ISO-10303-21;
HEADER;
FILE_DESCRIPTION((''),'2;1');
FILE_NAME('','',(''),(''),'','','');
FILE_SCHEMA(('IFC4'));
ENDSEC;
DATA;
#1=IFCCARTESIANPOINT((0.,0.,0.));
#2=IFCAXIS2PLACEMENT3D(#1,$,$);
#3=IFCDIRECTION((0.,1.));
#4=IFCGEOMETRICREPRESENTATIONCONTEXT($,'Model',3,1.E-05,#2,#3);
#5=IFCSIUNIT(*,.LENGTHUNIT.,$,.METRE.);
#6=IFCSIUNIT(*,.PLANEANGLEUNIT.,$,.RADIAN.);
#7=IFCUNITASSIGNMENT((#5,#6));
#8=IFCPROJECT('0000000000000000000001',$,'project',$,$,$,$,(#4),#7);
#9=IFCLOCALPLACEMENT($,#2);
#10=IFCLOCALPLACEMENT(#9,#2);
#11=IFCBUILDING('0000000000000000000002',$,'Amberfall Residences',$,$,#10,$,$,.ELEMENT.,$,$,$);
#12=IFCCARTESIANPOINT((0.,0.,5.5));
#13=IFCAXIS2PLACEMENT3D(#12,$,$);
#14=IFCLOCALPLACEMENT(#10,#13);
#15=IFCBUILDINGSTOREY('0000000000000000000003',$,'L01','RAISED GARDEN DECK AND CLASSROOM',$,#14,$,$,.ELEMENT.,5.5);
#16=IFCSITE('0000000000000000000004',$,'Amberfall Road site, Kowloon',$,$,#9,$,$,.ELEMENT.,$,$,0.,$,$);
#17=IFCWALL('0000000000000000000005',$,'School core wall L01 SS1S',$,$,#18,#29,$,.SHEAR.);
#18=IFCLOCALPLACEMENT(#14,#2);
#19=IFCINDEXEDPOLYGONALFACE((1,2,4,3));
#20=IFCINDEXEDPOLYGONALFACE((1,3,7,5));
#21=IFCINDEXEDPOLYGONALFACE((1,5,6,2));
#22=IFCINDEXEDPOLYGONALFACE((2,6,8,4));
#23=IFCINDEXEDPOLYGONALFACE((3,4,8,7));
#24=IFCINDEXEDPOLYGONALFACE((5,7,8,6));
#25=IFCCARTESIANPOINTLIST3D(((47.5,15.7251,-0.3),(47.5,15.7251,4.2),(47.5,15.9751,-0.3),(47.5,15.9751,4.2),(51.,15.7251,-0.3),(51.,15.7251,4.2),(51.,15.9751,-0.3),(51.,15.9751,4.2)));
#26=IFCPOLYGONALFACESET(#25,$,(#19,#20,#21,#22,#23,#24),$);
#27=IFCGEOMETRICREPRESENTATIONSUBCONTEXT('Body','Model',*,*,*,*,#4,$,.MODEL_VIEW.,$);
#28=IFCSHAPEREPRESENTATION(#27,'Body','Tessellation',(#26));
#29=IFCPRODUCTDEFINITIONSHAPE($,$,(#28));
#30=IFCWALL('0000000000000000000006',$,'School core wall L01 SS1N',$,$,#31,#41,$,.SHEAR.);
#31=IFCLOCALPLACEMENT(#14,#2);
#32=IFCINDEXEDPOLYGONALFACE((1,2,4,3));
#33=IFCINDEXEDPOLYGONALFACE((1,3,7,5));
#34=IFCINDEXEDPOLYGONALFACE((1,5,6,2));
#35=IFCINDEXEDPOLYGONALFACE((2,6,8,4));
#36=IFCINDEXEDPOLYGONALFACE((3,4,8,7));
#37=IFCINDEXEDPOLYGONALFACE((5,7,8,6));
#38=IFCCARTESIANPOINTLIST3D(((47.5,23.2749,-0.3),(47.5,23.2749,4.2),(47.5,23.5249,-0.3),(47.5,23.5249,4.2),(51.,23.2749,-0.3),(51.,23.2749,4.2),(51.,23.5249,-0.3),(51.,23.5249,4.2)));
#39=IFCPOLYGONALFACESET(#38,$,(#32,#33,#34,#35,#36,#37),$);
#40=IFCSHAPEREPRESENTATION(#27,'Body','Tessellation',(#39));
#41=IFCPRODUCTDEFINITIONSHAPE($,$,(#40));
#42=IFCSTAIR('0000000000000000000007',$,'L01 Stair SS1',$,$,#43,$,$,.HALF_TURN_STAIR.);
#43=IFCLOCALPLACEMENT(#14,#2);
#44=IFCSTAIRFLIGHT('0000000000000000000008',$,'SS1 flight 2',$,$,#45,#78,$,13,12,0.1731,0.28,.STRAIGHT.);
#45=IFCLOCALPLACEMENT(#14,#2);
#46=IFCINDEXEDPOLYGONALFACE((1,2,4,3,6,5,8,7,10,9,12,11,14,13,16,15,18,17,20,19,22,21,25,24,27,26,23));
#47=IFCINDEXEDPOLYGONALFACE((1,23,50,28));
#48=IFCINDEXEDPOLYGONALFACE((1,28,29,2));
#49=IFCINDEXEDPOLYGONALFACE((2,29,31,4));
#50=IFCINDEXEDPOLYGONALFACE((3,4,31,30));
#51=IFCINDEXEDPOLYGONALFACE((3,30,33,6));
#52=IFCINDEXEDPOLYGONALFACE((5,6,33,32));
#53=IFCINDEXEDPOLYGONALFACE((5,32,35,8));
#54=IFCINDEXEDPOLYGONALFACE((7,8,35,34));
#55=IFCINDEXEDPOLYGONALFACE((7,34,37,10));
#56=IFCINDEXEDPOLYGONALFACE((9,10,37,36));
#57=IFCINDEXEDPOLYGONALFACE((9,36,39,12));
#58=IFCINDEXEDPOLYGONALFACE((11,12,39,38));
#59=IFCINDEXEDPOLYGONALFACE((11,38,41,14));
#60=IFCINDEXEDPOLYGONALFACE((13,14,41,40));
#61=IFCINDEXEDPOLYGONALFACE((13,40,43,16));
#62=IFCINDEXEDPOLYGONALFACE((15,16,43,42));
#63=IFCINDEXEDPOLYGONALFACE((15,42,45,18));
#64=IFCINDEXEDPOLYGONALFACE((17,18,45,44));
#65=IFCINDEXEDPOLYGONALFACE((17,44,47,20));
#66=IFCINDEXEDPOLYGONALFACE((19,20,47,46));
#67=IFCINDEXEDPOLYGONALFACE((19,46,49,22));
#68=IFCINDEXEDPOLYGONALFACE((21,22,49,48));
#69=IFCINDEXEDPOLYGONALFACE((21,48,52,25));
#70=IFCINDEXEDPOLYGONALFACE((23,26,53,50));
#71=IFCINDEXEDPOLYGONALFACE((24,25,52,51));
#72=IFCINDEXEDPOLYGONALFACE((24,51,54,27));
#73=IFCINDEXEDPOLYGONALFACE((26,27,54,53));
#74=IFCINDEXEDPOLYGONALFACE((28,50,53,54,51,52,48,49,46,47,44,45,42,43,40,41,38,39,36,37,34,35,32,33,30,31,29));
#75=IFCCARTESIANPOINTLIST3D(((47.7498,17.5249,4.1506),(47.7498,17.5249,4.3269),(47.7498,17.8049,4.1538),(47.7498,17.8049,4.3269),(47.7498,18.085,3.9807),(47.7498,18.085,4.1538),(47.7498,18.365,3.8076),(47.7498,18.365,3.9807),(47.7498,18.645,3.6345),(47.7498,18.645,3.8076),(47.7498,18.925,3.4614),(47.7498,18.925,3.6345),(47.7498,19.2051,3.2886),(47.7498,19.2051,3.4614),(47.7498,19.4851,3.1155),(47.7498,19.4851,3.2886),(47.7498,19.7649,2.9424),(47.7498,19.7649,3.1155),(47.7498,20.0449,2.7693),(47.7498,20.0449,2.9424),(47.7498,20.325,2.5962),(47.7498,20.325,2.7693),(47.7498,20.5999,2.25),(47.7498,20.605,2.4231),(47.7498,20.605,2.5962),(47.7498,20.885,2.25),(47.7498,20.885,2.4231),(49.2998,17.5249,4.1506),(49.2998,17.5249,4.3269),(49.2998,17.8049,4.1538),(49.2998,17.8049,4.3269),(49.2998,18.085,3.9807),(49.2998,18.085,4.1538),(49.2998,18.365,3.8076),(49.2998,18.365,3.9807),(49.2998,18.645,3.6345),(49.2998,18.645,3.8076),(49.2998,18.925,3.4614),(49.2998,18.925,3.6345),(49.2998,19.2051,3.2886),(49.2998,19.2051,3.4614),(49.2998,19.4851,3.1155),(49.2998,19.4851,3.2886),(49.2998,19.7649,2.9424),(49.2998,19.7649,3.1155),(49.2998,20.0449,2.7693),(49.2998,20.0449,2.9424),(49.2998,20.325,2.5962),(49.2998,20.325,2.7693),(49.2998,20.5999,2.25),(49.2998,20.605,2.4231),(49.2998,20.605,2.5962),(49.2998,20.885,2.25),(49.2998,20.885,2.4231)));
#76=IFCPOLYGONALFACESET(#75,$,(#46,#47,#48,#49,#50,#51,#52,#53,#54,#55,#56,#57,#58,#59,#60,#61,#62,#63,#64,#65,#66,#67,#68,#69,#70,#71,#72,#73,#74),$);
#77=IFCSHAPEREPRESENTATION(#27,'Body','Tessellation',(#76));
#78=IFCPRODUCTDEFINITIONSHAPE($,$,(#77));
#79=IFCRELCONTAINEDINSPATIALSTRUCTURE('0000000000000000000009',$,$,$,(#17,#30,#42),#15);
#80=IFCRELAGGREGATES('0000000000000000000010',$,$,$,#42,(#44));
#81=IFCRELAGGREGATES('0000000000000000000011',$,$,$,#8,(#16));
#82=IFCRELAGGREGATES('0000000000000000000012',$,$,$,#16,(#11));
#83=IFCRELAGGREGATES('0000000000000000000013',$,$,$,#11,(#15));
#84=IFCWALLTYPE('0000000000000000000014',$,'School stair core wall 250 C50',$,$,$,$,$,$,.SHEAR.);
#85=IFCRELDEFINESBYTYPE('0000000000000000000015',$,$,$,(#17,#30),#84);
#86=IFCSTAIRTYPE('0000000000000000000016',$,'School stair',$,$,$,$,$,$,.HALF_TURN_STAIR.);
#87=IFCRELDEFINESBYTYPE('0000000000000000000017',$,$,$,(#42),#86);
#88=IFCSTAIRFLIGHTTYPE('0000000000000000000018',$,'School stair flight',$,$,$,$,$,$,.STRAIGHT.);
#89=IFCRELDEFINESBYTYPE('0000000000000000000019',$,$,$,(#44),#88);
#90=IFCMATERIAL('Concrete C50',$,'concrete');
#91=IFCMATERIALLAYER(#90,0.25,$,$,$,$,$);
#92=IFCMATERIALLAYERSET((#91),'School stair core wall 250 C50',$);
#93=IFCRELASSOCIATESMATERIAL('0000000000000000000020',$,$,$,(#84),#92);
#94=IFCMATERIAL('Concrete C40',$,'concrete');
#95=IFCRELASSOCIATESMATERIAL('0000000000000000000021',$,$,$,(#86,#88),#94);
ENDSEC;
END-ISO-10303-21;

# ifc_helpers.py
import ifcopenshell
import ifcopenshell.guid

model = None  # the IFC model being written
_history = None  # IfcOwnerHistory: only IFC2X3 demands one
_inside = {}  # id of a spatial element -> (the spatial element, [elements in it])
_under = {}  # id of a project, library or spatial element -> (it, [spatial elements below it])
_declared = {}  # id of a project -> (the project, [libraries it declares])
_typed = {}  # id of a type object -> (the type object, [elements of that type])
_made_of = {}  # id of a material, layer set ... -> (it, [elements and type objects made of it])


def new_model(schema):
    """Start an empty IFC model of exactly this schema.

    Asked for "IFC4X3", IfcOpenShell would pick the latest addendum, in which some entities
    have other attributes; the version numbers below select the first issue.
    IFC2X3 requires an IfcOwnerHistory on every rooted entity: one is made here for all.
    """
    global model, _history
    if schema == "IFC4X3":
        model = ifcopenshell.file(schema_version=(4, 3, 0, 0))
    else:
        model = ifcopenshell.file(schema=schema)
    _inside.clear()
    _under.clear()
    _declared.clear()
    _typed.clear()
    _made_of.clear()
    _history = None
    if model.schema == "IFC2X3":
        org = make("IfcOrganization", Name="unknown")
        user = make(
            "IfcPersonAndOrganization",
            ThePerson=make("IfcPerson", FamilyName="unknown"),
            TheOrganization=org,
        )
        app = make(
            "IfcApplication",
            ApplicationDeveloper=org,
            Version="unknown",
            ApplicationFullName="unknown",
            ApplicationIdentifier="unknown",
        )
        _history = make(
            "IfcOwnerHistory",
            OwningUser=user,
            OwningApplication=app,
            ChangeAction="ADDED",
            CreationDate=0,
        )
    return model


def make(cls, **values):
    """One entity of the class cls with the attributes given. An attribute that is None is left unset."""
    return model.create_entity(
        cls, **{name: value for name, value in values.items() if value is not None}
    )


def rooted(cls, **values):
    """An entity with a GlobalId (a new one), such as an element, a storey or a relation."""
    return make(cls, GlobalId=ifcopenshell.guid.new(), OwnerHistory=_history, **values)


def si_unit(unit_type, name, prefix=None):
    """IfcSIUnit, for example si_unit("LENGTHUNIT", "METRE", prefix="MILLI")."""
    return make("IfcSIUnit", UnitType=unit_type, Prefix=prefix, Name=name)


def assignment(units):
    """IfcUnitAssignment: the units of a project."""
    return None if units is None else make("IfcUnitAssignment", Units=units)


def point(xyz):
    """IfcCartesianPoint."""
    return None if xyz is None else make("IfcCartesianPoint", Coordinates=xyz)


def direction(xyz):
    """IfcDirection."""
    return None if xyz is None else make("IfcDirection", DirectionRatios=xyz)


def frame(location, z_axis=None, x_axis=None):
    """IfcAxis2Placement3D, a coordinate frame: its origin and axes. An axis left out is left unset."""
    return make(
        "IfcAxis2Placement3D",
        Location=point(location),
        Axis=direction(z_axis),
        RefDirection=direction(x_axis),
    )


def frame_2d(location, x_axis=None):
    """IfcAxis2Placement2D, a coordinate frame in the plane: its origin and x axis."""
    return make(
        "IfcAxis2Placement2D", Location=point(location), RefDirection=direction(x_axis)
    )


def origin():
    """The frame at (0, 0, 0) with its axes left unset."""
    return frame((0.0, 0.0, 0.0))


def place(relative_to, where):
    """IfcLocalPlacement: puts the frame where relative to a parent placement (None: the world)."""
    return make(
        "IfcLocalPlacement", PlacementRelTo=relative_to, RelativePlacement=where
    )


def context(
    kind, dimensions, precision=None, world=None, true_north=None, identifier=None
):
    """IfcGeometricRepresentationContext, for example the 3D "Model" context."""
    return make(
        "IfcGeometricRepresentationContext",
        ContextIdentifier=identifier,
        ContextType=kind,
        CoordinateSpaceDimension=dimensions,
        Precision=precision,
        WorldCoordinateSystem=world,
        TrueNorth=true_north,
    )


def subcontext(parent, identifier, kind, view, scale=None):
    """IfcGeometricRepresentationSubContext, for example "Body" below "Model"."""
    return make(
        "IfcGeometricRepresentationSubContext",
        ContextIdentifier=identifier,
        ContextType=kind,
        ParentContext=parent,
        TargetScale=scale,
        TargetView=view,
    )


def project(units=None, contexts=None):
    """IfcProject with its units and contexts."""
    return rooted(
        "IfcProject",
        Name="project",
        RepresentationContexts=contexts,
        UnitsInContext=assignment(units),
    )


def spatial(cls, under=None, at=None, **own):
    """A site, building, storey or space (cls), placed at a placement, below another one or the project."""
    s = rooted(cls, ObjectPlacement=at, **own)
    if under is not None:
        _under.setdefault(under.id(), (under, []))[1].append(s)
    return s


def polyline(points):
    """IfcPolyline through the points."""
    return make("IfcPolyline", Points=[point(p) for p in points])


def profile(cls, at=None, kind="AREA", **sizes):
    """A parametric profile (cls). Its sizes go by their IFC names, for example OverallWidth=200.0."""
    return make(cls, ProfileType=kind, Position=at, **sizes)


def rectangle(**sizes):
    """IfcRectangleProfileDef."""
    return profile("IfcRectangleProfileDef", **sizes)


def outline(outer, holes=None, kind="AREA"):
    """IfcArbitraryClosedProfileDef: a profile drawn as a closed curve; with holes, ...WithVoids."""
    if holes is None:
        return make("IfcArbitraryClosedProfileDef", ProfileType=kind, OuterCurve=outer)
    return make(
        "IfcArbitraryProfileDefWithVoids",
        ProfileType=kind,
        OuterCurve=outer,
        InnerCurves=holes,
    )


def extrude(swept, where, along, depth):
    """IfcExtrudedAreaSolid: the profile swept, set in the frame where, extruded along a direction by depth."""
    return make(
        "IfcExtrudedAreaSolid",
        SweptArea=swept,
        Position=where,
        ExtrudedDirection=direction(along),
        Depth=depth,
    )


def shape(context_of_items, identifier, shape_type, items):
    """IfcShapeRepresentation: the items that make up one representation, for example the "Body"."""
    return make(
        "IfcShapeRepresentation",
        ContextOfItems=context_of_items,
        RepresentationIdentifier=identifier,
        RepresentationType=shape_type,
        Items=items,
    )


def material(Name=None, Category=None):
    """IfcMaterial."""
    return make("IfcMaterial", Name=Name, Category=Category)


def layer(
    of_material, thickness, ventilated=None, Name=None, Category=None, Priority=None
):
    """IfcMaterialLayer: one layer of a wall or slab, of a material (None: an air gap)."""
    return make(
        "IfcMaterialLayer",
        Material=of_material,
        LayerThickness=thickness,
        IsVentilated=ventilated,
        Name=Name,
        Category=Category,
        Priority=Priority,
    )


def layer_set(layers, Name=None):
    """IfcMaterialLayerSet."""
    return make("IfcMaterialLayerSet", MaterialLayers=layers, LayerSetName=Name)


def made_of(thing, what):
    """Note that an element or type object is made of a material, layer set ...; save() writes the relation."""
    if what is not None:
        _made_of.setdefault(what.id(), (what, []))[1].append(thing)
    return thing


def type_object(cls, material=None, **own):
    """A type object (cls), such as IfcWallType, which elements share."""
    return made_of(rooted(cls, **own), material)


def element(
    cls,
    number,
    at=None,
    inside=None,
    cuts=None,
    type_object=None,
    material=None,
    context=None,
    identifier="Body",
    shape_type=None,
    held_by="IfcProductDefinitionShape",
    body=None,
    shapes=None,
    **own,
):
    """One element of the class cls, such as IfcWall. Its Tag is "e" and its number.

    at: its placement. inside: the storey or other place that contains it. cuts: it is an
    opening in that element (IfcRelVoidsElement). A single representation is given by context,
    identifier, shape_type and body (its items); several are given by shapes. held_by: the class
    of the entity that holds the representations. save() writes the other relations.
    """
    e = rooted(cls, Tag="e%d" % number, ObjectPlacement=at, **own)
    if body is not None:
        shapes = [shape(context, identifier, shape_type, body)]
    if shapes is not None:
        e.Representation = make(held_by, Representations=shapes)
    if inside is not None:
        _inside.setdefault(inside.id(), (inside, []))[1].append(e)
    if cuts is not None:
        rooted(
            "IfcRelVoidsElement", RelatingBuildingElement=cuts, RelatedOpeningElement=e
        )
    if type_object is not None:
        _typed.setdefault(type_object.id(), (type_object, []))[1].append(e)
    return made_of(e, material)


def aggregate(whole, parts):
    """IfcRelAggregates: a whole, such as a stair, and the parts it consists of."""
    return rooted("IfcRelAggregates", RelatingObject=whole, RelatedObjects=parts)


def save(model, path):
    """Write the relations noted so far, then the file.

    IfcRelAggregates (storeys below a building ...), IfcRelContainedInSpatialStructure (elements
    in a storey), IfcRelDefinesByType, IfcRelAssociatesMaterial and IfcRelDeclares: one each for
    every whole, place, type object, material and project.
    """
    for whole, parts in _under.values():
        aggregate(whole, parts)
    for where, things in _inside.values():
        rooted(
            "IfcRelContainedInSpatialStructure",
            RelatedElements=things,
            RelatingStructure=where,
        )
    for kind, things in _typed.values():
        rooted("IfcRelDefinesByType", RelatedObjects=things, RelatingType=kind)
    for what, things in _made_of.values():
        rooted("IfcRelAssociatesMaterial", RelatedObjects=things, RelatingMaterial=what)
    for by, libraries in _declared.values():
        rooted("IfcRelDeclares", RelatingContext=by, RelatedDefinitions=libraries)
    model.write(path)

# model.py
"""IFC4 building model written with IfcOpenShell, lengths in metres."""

from ifc_helpers import new_model, si_unit, direction, frame, frame_2d, origin, place, context, subcontext, project, spatial, polyline, rectangle, outline, extrude, material, layer, layer_set, type_object, element, aggregate, save


model = new_model("IFC4")

# Units and contexts
model_context = context("Model", 3, precision=1e-05, world=origin(), true_north=direction((0.0, 1.0)))
body_context = subcontext(model_context, "Body", "Model", "MODEL_VIEW")
ifc_project = project(units=[si_unit("LENGTHUNIT", "METRE"), si_unit("PLANEANGLEUNIT", "RADIAN")], contexts=[model_context])

# Site, building, storey
site_placement = place(None, origin())
site = spatial("IfcSite", under=ifc_project, at=site_placement, Name="Amberfall Road site, Kowloon", CompositionType="ELEMENT", RefElevation=0.0)
building_placement = place(site_placement, origin())
building = spatial("IfcBuilding", under=site, at=building_placement, Name="Amberfall Residences", CompositionType="ELEMENT")
storey_placement = place(building_placement, frame((0.0, 0.0, 5.5)))
storey = spatial("IfcBuildingStorey", under=building, at=storey_placement, Name="L01", Description="RAISED GARDEN DECK AND CLASSROOM", CompositionType="ELEMENT", Elevation=5.5)

# Shared definitions
ifc_material_1 = material(Name="Concrete C50", Category="concrete")

# Shared definitions
ifc_material_2 = material(Name="Concrete C40", Category="concrete")

# Shared definitions
ifc_layer_1 = layer(ifc_material_1, 0.25)
ifc_layer_set_1 = layer_set([ifc_layer_1], Name="School stair core wall 250 C50")
wall_type_1 = type_object("IfcWallType", Name="School stair core wall 250 C50", PredefinedType="SHEAR", material=ifc_layer_set_1)

# Walls
for number, where, z_axis, x_axis, name in (
    (1, (47.5, 15.8501, -0.3), (0.0, 0.0, 1.0), (1.0, 0.0, 0.0), "School core wall L01 SS1S"),
    (2, (47.5, 23.3999, -0.3), (0.0, 0.0, 1.0), (1.0, 0.0, 0.0), "School core wall L01 SS1N"),
):
    element("IfcWall", number, at=place(storey_placement, frame(where, z_axis=z_axis, x_axis=x_axis)), inside=storey, type_object=wall_type_1, Name=name, PredefinedType="SHEAR", context=body_context, shape_type="SweptSolid", body=[
        extrude(rectangle(XDim=3.5, YDim=0.25, at=frame_2d((1.75, 0.0))), origin(), (0.0, 0.0, 1.0), 4.5),
    ])

# Stair, stair flight
stair_type = type_object("IfcStairType", Name="School stair", PredefinedType="HALF_TURN_STAIR", material=ifc_material_2)
stair_placement = place(storey_placement, origin())
stair = element("IfcStair", 3, at=stair_placement, inside=storey, type_object=stair_type, Name="L01 Stair SS1", PredefinedType="HALF_TURN_STAIR")
stair_flight_type = type_object("IfcStairFlightType", Name="School stair flight", PredefinedType="STRAIGHT", material=ifc_material_2)
stair_flight_placement = place(storey_placement, frame((48.5249, 20.885, 2.25), z_axis=(0.0, 0.0, 1.0), x_axis=(0.0, -1.0, 0.0)))
stair_flight = element("IfcStairFlight", 4, at=stair_flight_placement, type_object=stair_flight_type, Name="SS1 flight 2", NumberOfRisers=13, NumberOfTreads=12, PredefinedType="STRAIGHT", RiserHeight=0.1731, TreadLength=0.28, context=body_context, shape_type="SweptSolid", body=[
    extrude(outline(polyline([(0.0, 0.0), (0.0, 0.1731), (0.28, 0.1731), (0.28, 0.3462), (0.5601, 0.3462), (0.5601, 0.5193), (0.8401, 0.5193), (0.8401, 0.6924), (1.1201, 0.6924), (1.1201, 0.8655), (1.3999, 0.8655), (1.3999, 1.0386), (1.6799, 1.0386), (1.6799, 1.2114), (1.96, 1.2114), (1.96, 1.3845), (2.24, 1.3845), (2.24, 1.5576), (2.52, 1.5576), (2.52, 1.7307), (2.8, 1.7307), (2.8, 1.9038), (3.0801, 1.9038), (3.0801, 2.0769), (3.3601, 2.0769), (3.3601, 2.25), (3.3601, 1.9006), (0.2852, 0.0), (0.0, 0.0)])), frame((0.0, 0.7749, 0.0), z_axis=(0.0, -1.0, 0.0), x_axis=(1.0, 0.0, 0.0)), (0.0, 0.0, 1.0), 1.55),
])
aggregate(stair, [stair_flight])

save(model, "model.ifc")
